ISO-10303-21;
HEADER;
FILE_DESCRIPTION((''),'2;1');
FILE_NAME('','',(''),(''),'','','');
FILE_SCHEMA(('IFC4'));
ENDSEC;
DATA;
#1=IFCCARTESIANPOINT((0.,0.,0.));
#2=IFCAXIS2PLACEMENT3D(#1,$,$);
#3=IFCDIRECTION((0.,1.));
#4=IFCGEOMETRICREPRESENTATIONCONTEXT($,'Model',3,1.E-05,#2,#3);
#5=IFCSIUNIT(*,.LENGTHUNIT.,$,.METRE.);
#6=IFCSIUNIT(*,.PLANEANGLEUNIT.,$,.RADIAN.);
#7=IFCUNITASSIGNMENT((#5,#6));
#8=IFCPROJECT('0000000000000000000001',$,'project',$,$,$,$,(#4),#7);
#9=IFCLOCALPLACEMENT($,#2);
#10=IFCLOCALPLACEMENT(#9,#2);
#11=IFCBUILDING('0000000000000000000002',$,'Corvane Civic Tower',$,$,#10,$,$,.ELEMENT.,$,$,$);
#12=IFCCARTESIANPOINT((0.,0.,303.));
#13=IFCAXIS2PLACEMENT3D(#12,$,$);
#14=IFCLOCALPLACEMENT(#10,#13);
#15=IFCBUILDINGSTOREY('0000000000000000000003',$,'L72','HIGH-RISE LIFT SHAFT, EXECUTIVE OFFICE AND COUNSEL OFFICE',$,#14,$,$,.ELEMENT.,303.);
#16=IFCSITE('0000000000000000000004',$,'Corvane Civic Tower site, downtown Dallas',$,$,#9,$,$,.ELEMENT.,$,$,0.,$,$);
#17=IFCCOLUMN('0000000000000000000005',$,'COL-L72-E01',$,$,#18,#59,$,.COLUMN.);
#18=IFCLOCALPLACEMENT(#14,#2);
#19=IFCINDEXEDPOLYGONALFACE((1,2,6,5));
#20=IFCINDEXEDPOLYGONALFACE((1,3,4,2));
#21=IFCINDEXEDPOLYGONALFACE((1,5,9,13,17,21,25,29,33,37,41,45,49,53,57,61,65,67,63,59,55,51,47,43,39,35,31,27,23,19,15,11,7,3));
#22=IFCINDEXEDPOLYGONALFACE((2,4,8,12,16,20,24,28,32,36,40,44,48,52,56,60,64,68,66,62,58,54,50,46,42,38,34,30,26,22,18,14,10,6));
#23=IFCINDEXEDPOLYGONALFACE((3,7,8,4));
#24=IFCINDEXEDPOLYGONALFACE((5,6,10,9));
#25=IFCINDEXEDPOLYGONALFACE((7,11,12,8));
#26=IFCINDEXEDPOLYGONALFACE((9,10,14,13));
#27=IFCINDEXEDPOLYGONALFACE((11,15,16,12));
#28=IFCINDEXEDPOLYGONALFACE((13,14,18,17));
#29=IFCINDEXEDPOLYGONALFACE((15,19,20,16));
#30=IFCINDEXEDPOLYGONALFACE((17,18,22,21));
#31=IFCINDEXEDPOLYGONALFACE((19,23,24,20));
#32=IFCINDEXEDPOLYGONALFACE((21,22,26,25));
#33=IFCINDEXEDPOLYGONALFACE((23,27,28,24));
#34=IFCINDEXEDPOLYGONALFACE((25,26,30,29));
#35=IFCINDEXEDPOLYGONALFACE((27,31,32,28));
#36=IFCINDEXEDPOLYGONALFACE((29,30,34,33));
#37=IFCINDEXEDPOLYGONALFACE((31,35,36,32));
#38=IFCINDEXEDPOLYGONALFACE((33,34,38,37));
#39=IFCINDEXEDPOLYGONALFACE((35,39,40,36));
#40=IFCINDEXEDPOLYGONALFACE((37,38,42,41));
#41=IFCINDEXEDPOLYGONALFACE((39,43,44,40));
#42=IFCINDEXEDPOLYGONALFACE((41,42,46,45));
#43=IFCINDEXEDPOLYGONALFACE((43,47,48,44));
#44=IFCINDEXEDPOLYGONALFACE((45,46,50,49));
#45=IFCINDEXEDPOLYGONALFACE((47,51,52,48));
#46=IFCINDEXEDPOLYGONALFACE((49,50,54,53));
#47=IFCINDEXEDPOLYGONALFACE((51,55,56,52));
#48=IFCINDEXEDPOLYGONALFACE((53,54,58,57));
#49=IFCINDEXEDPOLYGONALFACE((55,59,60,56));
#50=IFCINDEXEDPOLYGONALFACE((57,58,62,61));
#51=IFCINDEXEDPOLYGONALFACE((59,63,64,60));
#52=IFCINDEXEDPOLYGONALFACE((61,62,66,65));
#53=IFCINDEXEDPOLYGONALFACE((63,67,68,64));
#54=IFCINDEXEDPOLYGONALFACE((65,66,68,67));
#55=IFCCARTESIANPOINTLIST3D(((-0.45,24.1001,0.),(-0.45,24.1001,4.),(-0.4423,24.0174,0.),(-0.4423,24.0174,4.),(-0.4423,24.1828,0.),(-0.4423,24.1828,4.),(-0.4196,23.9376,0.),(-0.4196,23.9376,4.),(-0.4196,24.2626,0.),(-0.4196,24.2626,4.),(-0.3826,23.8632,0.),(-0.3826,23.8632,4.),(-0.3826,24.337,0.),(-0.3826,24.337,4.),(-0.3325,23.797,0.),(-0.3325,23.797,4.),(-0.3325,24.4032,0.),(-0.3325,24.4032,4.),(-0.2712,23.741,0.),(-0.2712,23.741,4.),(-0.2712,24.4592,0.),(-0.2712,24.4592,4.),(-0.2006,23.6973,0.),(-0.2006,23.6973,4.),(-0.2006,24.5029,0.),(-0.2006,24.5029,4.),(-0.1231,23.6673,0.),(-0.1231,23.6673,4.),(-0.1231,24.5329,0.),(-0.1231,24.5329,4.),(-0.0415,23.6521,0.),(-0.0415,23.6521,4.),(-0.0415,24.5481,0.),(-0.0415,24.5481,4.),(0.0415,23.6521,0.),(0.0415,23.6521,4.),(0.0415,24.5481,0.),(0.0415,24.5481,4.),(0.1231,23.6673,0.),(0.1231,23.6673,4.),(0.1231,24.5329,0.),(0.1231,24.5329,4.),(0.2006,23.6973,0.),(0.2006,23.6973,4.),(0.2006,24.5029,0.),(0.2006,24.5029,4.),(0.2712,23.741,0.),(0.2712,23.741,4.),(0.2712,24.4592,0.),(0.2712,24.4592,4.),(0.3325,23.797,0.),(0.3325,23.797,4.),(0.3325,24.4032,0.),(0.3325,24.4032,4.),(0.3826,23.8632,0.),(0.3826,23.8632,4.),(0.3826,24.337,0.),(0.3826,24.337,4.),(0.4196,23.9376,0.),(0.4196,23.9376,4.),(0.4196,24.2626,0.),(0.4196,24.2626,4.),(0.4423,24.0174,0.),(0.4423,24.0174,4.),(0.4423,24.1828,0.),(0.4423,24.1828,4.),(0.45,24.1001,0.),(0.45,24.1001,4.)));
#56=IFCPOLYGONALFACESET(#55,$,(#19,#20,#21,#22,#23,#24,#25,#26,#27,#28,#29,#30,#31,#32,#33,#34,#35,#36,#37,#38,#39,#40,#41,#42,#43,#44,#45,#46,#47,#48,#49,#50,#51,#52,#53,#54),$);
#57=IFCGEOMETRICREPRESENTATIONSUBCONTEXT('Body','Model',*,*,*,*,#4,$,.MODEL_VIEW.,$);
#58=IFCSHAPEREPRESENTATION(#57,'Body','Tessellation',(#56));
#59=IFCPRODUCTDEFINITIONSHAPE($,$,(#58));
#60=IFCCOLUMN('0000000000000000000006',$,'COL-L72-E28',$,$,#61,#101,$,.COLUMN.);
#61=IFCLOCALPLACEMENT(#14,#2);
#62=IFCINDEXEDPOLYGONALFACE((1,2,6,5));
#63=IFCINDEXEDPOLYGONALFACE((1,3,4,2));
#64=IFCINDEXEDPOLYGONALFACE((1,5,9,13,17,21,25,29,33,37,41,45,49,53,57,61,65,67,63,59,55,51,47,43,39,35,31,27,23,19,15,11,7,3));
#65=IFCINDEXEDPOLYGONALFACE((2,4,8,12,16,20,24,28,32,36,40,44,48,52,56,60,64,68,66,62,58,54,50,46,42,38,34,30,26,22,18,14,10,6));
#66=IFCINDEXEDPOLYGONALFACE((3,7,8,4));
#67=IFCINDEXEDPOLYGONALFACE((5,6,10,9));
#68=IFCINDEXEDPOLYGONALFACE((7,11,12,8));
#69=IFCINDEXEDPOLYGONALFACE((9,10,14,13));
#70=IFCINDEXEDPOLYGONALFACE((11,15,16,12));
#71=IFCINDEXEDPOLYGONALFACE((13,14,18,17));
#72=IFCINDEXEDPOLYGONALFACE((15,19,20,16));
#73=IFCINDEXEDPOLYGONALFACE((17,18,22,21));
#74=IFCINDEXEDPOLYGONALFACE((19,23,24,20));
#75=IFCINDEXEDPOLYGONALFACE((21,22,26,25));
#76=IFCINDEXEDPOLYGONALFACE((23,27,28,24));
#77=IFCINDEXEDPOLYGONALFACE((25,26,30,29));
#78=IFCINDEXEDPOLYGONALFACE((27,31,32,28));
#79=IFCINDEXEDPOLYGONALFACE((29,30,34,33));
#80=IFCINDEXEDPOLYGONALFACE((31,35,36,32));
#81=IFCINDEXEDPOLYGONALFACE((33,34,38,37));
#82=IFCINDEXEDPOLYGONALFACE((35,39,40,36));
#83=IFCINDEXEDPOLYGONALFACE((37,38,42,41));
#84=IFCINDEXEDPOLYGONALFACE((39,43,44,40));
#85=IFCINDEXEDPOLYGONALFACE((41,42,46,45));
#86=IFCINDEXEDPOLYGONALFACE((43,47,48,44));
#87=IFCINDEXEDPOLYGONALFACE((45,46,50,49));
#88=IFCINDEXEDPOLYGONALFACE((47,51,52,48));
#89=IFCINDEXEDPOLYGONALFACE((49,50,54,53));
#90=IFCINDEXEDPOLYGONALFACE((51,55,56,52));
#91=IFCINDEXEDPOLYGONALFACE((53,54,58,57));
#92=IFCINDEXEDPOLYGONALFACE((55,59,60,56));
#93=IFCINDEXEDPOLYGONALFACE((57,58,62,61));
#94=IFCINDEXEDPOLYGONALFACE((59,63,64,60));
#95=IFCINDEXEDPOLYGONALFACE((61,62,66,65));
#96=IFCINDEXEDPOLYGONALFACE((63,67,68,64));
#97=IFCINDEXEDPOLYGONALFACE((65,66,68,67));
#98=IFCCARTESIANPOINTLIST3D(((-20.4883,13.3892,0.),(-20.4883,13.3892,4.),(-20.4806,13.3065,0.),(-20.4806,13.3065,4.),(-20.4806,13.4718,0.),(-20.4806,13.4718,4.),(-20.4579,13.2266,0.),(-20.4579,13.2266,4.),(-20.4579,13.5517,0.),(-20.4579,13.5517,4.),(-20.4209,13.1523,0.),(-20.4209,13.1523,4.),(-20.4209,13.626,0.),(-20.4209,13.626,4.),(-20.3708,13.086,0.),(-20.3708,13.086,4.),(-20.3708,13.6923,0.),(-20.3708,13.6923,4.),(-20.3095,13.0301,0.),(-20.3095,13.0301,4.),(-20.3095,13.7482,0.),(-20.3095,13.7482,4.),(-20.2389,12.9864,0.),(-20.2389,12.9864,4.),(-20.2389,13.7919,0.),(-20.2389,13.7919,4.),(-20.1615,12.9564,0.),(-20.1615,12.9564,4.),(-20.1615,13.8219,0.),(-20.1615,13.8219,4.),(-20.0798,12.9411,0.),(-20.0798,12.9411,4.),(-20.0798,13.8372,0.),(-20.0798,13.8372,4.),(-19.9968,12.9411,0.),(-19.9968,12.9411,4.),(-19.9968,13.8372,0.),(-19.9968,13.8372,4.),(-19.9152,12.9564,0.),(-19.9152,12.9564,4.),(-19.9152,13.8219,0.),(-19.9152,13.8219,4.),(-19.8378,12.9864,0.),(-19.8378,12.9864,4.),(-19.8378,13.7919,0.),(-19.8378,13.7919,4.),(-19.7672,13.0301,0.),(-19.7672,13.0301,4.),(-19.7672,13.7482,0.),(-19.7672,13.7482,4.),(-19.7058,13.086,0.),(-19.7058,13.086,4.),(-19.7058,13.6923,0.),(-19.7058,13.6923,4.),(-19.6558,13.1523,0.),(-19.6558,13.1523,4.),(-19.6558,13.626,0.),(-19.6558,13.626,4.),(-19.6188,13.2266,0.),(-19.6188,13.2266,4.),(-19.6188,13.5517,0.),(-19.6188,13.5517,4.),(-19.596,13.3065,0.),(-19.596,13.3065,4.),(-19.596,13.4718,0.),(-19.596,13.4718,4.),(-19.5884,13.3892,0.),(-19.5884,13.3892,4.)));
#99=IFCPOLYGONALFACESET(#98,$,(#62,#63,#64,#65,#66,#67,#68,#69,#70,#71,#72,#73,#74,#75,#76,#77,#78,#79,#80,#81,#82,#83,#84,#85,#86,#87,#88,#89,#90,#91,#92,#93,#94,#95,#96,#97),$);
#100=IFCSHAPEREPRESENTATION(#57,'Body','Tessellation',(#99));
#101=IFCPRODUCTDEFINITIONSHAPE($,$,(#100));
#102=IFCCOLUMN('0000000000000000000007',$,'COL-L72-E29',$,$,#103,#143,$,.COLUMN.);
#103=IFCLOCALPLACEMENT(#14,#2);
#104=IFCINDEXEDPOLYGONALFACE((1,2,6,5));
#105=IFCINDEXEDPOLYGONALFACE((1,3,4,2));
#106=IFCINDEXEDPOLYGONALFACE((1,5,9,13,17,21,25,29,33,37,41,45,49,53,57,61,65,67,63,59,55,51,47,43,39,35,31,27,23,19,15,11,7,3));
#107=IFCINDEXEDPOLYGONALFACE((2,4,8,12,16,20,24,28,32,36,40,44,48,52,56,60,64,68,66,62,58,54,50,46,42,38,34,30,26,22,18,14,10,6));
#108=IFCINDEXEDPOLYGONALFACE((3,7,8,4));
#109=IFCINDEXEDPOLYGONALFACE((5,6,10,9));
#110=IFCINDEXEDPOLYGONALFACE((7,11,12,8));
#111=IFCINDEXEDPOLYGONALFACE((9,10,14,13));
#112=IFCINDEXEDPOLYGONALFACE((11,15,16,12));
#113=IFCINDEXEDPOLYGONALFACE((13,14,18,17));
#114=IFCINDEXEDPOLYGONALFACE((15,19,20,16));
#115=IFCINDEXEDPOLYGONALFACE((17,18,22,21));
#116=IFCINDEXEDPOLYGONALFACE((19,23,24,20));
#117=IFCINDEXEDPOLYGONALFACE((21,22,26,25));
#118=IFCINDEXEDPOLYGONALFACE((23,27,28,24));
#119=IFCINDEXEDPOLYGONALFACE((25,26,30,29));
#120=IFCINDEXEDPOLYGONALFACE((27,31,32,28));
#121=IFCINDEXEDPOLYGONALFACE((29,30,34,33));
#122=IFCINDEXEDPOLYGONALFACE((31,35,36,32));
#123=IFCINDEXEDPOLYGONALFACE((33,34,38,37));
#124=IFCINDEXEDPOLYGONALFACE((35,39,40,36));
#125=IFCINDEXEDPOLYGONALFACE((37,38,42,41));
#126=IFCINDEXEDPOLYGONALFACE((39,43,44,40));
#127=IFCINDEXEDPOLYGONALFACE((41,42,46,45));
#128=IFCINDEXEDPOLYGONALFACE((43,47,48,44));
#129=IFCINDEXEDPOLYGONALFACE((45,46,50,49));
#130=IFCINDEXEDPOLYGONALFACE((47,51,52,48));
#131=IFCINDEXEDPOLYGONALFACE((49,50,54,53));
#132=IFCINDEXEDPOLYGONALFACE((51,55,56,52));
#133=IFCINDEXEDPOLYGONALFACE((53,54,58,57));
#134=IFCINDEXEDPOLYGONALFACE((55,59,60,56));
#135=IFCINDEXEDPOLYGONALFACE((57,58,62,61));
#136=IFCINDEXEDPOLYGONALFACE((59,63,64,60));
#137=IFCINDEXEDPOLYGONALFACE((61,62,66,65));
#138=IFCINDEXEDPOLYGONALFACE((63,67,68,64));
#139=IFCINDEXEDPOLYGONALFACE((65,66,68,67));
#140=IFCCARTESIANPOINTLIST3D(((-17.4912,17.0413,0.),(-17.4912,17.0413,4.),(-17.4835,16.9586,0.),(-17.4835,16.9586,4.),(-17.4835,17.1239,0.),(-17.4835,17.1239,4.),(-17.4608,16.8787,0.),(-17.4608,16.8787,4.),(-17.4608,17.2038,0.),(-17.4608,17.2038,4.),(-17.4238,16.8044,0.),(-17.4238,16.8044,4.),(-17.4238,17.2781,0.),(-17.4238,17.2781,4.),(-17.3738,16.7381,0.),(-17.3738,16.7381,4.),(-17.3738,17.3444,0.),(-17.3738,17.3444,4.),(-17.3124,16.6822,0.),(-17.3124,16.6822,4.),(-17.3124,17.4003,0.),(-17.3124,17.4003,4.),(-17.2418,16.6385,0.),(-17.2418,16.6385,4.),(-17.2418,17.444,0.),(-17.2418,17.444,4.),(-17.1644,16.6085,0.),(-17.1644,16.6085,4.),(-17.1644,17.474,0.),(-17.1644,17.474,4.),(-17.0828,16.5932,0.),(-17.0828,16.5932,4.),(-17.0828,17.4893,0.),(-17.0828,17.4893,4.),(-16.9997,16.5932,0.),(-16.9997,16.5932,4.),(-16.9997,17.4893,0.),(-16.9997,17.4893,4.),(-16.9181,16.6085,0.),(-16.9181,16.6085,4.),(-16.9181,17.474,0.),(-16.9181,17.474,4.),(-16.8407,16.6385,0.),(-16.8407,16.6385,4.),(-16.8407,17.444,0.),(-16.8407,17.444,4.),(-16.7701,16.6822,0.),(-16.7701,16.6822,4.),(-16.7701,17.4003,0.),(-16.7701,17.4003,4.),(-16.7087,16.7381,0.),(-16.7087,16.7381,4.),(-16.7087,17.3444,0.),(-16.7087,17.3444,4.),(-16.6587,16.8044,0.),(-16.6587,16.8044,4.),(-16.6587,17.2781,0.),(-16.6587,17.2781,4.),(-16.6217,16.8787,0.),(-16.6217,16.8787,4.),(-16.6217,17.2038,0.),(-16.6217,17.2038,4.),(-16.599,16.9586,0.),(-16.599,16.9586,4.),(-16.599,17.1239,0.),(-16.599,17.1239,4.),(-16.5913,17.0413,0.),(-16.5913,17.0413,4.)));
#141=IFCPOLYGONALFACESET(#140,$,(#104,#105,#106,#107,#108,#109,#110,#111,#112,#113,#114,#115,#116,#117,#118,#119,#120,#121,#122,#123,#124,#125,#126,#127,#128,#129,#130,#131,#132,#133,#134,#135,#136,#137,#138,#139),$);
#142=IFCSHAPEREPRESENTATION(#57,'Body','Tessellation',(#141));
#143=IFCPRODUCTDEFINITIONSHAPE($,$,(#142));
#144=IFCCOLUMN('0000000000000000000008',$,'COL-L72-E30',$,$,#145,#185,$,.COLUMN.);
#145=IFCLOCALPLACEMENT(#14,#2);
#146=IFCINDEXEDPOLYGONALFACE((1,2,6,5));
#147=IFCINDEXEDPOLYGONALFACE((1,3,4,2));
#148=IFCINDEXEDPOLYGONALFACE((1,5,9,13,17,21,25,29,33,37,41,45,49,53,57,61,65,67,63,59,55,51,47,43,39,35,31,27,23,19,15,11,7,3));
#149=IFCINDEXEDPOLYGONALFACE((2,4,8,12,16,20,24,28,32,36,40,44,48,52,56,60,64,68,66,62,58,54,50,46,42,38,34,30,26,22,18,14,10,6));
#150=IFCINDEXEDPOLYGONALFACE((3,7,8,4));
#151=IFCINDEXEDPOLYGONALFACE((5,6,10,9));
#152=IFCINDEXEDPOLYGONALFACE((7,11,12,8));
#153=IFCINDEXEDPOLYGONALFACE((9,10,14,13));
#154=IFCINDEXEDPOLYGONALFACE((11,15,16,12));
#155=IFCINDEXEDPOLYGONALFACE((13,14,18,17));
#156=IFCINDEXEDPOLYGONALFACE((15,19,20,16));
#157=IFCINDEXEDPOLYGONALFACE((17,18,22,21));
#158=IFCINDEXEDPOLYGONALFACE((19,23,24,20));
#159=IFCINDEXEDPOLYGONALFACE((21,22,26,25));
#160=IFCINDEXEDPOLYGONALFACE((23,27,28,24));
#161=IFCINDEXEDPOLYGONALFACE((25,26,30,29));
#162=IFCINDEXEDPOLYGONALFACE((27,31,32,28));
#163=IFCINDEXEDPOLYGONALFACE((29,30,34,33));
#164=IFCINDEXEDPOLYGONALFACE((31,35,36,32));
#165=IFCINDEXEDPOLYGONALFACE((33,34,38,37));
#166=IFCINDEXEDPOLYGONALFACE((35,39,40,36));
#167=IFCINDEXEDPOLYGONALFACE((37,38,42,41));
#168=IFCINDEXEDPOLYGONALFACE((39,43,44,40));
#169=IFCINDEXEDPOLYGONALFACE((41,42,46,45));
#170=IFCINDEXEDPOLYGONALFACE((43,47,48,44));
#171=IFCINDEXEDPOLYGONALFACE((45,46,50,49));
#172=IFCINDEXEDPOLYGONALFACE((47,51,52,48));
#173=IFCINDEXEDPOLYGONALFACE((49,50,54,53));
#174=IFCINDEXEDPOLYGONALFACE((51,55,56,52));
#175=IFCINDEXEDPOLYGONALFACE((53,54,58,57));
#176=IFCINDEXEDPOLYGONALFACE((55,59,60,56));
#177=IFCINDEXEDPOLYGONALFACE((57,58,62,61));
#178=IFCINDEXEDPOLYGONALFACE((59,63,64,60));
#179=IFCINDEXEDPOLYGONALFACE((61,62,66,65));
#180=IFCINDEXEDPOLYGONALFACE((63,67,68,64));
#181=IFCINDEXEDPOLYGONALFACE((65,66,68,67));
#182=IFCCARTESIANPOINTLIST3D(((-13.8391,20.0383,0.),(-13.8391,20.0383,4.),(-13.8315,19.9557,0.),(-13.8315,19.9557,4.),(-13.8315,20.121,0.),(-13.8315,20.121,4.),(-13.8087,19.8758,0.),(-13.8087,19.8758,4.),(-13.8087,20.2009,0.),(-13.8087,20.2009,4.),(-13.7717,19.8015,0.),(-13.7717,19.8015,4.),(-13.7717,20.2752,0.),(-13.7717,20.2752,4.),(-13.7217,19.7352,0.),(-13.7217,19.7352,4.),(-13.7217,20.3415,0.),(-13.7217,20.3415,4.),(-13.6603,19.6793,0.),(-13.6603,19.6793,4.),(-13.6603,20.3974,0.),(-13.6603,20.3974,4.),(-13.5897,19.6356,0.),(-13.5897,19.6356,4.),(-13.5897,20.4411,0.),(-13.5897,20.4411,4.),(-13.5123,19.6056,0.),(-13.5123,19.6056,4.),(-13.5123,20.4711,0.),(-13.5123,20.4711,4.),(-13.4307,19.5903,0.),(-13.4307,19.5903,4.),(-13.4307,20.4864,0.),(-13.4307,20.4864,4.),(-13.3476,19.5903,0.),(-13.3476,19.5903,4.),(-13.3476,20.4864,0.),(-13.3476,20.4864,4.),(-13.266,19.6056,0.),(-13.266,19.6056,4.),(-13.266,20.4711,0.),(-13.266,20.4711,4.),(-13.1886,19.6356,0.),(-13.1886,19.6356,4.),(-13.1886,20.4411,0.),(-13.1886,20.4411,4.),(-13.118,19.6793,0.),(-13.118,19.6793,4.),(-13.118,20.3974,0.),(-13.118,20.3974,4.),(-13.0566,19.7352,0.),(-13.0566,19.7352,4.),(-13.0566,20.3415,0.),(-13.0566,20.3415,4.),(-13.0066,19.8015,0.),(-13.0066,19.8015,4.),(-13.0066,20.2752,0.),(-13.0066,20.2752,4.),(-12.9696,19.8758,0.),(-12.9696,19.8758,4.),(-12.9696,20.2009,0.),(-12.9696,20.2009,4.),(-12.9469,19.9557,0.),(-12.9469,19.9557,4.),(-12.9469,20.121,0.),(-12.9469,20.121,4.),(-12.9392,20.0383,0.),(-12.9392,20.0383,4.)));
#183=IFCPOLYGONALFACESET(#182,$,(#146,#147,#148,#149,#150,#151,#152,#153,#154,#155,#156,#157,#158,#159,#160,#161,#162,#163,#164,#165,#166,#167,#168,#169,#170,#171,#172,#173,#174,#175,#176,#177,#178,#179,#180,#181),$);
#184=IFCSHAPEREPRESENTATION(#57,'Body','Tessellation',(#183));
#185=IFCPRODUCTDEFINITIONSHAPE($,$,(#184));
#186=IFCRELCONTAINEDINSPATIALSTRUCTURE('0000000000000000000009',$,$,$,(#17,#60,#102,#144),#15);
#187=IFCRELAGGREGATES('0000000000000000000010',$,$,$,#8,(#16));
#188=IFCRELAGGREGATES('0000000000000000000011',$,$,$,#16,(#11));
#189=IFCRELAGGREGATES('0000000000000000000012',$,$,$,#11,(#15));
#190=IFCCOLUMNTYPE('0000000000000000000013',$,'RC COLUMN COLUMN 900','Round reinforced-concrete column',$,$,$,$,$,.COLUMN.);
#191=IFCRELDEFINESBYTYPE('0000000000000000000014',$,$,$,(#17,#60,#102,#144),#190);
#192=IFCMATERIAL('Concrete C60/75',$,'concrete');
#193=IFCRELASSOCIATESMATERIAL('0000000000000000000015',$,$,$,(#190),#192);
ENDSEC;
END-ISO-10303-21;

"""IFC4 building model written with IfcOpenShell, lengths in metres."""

from ifc_helpers import new_model, si_unit, direction, frame, origin, origin_2d, place, context, subcontext, project, spatial, circle, extrude, material, material_profile, profile_set, type_object, element, save


model = new_model("IFC4")

# Units and contexts
model_context = context("Model", 3, precision=1e-05, world=origin(), true_north=direction((0.0, 1.0)))
body_context = subcontext(model_context, "Body", "Model", "MODEL_VIEW")
ifc_project = project(units=[si_unit("LENGTHUNIT", "METRE"), si_unit("PLANEANGLEUNIT", "RADIAN")], contexts=[model_context])

# Site, building, storey
site_placement = place(None, origin())
site = spatial("IfcSite", under=ifc_project, at=site_placement, Name="Corvane Civic Tower site, downtown Dallas", CompositionType="ELEMENT", RefElevation=0.0)
building_placement = place(site_placement, origin())
building = spatial("IfcBuilding", under=site, at=building_placement, Name="Corvane Civic Tower", CompositionType="ELEMENT")
storey_placement = place(building_placement, frame((0.0, 0.0, 303.0)))
storey = spatial("IfcBuildingStorey", under=building, at=storey_placement, Name="L72", Description="HIGH-RISE LIFT SHAFT, EXECUTIVE OFFICE AND COUNSEL OFFICE", CompositionType="ELEMENT", Elevation=303.0)

# Columns
ifc_material_1 = material(Name="Concrete C60/75", Category="concrete")
ifc_material_profile_1 = material_profile(ifc_material_1, circle(Radius=0.45, at=origin_2d()), Name="COLUMN 900")
ifc_profile_set_1 = profile_set([ifc_material_profile_1], Name="Concrete C60/75")
column_type = type_object("IfcColumnType", Name="RC COLUMN COLUMN 900", Description="Round reinforced-concrete column", PredefinedType="COLUMN", material=ifc_profile_set_1)
for number, where, z_axis, x_axis, name in (
    (1, (0.0, 24.1001, 0.0), (0.0, 0.0, 1.0), (1.0, 0.0, 0.0), "COL-L72-E01"),
    (2, (-20.0383, 13.3892, 0.0), (0.0, 0.0, 1.0), (1.0, 0.0, 0.0), "COL-L72-E28"),
    (3, (-17.0413, 17.0413, 0.0), (0.0, 0.0, 1.0), (1.0, 0.0, 0.0), "COL-L72-E29"),
    (4, (-13.3892, 20.0383, 0.0), (0.0, 0.0, 1.0), (1.0, 0.0, 0.0), "COL-L72-E30"),
):
    element("IfcColumn", number, at=place(storey_placement, frame(where, z_axis=z_axis, x_axis=x_axis)), inside=storey, type_object=column_type, Name=name, PredefinedType="COLUMN", context=body_context, shape_type="SweptSolid", body=[
        extrude(circle(Radius=0.45, at=origin_2d()), origin(), (0.0, 0.0, 1.0), 4.0),
    ])

save(model, "model.ifc")
